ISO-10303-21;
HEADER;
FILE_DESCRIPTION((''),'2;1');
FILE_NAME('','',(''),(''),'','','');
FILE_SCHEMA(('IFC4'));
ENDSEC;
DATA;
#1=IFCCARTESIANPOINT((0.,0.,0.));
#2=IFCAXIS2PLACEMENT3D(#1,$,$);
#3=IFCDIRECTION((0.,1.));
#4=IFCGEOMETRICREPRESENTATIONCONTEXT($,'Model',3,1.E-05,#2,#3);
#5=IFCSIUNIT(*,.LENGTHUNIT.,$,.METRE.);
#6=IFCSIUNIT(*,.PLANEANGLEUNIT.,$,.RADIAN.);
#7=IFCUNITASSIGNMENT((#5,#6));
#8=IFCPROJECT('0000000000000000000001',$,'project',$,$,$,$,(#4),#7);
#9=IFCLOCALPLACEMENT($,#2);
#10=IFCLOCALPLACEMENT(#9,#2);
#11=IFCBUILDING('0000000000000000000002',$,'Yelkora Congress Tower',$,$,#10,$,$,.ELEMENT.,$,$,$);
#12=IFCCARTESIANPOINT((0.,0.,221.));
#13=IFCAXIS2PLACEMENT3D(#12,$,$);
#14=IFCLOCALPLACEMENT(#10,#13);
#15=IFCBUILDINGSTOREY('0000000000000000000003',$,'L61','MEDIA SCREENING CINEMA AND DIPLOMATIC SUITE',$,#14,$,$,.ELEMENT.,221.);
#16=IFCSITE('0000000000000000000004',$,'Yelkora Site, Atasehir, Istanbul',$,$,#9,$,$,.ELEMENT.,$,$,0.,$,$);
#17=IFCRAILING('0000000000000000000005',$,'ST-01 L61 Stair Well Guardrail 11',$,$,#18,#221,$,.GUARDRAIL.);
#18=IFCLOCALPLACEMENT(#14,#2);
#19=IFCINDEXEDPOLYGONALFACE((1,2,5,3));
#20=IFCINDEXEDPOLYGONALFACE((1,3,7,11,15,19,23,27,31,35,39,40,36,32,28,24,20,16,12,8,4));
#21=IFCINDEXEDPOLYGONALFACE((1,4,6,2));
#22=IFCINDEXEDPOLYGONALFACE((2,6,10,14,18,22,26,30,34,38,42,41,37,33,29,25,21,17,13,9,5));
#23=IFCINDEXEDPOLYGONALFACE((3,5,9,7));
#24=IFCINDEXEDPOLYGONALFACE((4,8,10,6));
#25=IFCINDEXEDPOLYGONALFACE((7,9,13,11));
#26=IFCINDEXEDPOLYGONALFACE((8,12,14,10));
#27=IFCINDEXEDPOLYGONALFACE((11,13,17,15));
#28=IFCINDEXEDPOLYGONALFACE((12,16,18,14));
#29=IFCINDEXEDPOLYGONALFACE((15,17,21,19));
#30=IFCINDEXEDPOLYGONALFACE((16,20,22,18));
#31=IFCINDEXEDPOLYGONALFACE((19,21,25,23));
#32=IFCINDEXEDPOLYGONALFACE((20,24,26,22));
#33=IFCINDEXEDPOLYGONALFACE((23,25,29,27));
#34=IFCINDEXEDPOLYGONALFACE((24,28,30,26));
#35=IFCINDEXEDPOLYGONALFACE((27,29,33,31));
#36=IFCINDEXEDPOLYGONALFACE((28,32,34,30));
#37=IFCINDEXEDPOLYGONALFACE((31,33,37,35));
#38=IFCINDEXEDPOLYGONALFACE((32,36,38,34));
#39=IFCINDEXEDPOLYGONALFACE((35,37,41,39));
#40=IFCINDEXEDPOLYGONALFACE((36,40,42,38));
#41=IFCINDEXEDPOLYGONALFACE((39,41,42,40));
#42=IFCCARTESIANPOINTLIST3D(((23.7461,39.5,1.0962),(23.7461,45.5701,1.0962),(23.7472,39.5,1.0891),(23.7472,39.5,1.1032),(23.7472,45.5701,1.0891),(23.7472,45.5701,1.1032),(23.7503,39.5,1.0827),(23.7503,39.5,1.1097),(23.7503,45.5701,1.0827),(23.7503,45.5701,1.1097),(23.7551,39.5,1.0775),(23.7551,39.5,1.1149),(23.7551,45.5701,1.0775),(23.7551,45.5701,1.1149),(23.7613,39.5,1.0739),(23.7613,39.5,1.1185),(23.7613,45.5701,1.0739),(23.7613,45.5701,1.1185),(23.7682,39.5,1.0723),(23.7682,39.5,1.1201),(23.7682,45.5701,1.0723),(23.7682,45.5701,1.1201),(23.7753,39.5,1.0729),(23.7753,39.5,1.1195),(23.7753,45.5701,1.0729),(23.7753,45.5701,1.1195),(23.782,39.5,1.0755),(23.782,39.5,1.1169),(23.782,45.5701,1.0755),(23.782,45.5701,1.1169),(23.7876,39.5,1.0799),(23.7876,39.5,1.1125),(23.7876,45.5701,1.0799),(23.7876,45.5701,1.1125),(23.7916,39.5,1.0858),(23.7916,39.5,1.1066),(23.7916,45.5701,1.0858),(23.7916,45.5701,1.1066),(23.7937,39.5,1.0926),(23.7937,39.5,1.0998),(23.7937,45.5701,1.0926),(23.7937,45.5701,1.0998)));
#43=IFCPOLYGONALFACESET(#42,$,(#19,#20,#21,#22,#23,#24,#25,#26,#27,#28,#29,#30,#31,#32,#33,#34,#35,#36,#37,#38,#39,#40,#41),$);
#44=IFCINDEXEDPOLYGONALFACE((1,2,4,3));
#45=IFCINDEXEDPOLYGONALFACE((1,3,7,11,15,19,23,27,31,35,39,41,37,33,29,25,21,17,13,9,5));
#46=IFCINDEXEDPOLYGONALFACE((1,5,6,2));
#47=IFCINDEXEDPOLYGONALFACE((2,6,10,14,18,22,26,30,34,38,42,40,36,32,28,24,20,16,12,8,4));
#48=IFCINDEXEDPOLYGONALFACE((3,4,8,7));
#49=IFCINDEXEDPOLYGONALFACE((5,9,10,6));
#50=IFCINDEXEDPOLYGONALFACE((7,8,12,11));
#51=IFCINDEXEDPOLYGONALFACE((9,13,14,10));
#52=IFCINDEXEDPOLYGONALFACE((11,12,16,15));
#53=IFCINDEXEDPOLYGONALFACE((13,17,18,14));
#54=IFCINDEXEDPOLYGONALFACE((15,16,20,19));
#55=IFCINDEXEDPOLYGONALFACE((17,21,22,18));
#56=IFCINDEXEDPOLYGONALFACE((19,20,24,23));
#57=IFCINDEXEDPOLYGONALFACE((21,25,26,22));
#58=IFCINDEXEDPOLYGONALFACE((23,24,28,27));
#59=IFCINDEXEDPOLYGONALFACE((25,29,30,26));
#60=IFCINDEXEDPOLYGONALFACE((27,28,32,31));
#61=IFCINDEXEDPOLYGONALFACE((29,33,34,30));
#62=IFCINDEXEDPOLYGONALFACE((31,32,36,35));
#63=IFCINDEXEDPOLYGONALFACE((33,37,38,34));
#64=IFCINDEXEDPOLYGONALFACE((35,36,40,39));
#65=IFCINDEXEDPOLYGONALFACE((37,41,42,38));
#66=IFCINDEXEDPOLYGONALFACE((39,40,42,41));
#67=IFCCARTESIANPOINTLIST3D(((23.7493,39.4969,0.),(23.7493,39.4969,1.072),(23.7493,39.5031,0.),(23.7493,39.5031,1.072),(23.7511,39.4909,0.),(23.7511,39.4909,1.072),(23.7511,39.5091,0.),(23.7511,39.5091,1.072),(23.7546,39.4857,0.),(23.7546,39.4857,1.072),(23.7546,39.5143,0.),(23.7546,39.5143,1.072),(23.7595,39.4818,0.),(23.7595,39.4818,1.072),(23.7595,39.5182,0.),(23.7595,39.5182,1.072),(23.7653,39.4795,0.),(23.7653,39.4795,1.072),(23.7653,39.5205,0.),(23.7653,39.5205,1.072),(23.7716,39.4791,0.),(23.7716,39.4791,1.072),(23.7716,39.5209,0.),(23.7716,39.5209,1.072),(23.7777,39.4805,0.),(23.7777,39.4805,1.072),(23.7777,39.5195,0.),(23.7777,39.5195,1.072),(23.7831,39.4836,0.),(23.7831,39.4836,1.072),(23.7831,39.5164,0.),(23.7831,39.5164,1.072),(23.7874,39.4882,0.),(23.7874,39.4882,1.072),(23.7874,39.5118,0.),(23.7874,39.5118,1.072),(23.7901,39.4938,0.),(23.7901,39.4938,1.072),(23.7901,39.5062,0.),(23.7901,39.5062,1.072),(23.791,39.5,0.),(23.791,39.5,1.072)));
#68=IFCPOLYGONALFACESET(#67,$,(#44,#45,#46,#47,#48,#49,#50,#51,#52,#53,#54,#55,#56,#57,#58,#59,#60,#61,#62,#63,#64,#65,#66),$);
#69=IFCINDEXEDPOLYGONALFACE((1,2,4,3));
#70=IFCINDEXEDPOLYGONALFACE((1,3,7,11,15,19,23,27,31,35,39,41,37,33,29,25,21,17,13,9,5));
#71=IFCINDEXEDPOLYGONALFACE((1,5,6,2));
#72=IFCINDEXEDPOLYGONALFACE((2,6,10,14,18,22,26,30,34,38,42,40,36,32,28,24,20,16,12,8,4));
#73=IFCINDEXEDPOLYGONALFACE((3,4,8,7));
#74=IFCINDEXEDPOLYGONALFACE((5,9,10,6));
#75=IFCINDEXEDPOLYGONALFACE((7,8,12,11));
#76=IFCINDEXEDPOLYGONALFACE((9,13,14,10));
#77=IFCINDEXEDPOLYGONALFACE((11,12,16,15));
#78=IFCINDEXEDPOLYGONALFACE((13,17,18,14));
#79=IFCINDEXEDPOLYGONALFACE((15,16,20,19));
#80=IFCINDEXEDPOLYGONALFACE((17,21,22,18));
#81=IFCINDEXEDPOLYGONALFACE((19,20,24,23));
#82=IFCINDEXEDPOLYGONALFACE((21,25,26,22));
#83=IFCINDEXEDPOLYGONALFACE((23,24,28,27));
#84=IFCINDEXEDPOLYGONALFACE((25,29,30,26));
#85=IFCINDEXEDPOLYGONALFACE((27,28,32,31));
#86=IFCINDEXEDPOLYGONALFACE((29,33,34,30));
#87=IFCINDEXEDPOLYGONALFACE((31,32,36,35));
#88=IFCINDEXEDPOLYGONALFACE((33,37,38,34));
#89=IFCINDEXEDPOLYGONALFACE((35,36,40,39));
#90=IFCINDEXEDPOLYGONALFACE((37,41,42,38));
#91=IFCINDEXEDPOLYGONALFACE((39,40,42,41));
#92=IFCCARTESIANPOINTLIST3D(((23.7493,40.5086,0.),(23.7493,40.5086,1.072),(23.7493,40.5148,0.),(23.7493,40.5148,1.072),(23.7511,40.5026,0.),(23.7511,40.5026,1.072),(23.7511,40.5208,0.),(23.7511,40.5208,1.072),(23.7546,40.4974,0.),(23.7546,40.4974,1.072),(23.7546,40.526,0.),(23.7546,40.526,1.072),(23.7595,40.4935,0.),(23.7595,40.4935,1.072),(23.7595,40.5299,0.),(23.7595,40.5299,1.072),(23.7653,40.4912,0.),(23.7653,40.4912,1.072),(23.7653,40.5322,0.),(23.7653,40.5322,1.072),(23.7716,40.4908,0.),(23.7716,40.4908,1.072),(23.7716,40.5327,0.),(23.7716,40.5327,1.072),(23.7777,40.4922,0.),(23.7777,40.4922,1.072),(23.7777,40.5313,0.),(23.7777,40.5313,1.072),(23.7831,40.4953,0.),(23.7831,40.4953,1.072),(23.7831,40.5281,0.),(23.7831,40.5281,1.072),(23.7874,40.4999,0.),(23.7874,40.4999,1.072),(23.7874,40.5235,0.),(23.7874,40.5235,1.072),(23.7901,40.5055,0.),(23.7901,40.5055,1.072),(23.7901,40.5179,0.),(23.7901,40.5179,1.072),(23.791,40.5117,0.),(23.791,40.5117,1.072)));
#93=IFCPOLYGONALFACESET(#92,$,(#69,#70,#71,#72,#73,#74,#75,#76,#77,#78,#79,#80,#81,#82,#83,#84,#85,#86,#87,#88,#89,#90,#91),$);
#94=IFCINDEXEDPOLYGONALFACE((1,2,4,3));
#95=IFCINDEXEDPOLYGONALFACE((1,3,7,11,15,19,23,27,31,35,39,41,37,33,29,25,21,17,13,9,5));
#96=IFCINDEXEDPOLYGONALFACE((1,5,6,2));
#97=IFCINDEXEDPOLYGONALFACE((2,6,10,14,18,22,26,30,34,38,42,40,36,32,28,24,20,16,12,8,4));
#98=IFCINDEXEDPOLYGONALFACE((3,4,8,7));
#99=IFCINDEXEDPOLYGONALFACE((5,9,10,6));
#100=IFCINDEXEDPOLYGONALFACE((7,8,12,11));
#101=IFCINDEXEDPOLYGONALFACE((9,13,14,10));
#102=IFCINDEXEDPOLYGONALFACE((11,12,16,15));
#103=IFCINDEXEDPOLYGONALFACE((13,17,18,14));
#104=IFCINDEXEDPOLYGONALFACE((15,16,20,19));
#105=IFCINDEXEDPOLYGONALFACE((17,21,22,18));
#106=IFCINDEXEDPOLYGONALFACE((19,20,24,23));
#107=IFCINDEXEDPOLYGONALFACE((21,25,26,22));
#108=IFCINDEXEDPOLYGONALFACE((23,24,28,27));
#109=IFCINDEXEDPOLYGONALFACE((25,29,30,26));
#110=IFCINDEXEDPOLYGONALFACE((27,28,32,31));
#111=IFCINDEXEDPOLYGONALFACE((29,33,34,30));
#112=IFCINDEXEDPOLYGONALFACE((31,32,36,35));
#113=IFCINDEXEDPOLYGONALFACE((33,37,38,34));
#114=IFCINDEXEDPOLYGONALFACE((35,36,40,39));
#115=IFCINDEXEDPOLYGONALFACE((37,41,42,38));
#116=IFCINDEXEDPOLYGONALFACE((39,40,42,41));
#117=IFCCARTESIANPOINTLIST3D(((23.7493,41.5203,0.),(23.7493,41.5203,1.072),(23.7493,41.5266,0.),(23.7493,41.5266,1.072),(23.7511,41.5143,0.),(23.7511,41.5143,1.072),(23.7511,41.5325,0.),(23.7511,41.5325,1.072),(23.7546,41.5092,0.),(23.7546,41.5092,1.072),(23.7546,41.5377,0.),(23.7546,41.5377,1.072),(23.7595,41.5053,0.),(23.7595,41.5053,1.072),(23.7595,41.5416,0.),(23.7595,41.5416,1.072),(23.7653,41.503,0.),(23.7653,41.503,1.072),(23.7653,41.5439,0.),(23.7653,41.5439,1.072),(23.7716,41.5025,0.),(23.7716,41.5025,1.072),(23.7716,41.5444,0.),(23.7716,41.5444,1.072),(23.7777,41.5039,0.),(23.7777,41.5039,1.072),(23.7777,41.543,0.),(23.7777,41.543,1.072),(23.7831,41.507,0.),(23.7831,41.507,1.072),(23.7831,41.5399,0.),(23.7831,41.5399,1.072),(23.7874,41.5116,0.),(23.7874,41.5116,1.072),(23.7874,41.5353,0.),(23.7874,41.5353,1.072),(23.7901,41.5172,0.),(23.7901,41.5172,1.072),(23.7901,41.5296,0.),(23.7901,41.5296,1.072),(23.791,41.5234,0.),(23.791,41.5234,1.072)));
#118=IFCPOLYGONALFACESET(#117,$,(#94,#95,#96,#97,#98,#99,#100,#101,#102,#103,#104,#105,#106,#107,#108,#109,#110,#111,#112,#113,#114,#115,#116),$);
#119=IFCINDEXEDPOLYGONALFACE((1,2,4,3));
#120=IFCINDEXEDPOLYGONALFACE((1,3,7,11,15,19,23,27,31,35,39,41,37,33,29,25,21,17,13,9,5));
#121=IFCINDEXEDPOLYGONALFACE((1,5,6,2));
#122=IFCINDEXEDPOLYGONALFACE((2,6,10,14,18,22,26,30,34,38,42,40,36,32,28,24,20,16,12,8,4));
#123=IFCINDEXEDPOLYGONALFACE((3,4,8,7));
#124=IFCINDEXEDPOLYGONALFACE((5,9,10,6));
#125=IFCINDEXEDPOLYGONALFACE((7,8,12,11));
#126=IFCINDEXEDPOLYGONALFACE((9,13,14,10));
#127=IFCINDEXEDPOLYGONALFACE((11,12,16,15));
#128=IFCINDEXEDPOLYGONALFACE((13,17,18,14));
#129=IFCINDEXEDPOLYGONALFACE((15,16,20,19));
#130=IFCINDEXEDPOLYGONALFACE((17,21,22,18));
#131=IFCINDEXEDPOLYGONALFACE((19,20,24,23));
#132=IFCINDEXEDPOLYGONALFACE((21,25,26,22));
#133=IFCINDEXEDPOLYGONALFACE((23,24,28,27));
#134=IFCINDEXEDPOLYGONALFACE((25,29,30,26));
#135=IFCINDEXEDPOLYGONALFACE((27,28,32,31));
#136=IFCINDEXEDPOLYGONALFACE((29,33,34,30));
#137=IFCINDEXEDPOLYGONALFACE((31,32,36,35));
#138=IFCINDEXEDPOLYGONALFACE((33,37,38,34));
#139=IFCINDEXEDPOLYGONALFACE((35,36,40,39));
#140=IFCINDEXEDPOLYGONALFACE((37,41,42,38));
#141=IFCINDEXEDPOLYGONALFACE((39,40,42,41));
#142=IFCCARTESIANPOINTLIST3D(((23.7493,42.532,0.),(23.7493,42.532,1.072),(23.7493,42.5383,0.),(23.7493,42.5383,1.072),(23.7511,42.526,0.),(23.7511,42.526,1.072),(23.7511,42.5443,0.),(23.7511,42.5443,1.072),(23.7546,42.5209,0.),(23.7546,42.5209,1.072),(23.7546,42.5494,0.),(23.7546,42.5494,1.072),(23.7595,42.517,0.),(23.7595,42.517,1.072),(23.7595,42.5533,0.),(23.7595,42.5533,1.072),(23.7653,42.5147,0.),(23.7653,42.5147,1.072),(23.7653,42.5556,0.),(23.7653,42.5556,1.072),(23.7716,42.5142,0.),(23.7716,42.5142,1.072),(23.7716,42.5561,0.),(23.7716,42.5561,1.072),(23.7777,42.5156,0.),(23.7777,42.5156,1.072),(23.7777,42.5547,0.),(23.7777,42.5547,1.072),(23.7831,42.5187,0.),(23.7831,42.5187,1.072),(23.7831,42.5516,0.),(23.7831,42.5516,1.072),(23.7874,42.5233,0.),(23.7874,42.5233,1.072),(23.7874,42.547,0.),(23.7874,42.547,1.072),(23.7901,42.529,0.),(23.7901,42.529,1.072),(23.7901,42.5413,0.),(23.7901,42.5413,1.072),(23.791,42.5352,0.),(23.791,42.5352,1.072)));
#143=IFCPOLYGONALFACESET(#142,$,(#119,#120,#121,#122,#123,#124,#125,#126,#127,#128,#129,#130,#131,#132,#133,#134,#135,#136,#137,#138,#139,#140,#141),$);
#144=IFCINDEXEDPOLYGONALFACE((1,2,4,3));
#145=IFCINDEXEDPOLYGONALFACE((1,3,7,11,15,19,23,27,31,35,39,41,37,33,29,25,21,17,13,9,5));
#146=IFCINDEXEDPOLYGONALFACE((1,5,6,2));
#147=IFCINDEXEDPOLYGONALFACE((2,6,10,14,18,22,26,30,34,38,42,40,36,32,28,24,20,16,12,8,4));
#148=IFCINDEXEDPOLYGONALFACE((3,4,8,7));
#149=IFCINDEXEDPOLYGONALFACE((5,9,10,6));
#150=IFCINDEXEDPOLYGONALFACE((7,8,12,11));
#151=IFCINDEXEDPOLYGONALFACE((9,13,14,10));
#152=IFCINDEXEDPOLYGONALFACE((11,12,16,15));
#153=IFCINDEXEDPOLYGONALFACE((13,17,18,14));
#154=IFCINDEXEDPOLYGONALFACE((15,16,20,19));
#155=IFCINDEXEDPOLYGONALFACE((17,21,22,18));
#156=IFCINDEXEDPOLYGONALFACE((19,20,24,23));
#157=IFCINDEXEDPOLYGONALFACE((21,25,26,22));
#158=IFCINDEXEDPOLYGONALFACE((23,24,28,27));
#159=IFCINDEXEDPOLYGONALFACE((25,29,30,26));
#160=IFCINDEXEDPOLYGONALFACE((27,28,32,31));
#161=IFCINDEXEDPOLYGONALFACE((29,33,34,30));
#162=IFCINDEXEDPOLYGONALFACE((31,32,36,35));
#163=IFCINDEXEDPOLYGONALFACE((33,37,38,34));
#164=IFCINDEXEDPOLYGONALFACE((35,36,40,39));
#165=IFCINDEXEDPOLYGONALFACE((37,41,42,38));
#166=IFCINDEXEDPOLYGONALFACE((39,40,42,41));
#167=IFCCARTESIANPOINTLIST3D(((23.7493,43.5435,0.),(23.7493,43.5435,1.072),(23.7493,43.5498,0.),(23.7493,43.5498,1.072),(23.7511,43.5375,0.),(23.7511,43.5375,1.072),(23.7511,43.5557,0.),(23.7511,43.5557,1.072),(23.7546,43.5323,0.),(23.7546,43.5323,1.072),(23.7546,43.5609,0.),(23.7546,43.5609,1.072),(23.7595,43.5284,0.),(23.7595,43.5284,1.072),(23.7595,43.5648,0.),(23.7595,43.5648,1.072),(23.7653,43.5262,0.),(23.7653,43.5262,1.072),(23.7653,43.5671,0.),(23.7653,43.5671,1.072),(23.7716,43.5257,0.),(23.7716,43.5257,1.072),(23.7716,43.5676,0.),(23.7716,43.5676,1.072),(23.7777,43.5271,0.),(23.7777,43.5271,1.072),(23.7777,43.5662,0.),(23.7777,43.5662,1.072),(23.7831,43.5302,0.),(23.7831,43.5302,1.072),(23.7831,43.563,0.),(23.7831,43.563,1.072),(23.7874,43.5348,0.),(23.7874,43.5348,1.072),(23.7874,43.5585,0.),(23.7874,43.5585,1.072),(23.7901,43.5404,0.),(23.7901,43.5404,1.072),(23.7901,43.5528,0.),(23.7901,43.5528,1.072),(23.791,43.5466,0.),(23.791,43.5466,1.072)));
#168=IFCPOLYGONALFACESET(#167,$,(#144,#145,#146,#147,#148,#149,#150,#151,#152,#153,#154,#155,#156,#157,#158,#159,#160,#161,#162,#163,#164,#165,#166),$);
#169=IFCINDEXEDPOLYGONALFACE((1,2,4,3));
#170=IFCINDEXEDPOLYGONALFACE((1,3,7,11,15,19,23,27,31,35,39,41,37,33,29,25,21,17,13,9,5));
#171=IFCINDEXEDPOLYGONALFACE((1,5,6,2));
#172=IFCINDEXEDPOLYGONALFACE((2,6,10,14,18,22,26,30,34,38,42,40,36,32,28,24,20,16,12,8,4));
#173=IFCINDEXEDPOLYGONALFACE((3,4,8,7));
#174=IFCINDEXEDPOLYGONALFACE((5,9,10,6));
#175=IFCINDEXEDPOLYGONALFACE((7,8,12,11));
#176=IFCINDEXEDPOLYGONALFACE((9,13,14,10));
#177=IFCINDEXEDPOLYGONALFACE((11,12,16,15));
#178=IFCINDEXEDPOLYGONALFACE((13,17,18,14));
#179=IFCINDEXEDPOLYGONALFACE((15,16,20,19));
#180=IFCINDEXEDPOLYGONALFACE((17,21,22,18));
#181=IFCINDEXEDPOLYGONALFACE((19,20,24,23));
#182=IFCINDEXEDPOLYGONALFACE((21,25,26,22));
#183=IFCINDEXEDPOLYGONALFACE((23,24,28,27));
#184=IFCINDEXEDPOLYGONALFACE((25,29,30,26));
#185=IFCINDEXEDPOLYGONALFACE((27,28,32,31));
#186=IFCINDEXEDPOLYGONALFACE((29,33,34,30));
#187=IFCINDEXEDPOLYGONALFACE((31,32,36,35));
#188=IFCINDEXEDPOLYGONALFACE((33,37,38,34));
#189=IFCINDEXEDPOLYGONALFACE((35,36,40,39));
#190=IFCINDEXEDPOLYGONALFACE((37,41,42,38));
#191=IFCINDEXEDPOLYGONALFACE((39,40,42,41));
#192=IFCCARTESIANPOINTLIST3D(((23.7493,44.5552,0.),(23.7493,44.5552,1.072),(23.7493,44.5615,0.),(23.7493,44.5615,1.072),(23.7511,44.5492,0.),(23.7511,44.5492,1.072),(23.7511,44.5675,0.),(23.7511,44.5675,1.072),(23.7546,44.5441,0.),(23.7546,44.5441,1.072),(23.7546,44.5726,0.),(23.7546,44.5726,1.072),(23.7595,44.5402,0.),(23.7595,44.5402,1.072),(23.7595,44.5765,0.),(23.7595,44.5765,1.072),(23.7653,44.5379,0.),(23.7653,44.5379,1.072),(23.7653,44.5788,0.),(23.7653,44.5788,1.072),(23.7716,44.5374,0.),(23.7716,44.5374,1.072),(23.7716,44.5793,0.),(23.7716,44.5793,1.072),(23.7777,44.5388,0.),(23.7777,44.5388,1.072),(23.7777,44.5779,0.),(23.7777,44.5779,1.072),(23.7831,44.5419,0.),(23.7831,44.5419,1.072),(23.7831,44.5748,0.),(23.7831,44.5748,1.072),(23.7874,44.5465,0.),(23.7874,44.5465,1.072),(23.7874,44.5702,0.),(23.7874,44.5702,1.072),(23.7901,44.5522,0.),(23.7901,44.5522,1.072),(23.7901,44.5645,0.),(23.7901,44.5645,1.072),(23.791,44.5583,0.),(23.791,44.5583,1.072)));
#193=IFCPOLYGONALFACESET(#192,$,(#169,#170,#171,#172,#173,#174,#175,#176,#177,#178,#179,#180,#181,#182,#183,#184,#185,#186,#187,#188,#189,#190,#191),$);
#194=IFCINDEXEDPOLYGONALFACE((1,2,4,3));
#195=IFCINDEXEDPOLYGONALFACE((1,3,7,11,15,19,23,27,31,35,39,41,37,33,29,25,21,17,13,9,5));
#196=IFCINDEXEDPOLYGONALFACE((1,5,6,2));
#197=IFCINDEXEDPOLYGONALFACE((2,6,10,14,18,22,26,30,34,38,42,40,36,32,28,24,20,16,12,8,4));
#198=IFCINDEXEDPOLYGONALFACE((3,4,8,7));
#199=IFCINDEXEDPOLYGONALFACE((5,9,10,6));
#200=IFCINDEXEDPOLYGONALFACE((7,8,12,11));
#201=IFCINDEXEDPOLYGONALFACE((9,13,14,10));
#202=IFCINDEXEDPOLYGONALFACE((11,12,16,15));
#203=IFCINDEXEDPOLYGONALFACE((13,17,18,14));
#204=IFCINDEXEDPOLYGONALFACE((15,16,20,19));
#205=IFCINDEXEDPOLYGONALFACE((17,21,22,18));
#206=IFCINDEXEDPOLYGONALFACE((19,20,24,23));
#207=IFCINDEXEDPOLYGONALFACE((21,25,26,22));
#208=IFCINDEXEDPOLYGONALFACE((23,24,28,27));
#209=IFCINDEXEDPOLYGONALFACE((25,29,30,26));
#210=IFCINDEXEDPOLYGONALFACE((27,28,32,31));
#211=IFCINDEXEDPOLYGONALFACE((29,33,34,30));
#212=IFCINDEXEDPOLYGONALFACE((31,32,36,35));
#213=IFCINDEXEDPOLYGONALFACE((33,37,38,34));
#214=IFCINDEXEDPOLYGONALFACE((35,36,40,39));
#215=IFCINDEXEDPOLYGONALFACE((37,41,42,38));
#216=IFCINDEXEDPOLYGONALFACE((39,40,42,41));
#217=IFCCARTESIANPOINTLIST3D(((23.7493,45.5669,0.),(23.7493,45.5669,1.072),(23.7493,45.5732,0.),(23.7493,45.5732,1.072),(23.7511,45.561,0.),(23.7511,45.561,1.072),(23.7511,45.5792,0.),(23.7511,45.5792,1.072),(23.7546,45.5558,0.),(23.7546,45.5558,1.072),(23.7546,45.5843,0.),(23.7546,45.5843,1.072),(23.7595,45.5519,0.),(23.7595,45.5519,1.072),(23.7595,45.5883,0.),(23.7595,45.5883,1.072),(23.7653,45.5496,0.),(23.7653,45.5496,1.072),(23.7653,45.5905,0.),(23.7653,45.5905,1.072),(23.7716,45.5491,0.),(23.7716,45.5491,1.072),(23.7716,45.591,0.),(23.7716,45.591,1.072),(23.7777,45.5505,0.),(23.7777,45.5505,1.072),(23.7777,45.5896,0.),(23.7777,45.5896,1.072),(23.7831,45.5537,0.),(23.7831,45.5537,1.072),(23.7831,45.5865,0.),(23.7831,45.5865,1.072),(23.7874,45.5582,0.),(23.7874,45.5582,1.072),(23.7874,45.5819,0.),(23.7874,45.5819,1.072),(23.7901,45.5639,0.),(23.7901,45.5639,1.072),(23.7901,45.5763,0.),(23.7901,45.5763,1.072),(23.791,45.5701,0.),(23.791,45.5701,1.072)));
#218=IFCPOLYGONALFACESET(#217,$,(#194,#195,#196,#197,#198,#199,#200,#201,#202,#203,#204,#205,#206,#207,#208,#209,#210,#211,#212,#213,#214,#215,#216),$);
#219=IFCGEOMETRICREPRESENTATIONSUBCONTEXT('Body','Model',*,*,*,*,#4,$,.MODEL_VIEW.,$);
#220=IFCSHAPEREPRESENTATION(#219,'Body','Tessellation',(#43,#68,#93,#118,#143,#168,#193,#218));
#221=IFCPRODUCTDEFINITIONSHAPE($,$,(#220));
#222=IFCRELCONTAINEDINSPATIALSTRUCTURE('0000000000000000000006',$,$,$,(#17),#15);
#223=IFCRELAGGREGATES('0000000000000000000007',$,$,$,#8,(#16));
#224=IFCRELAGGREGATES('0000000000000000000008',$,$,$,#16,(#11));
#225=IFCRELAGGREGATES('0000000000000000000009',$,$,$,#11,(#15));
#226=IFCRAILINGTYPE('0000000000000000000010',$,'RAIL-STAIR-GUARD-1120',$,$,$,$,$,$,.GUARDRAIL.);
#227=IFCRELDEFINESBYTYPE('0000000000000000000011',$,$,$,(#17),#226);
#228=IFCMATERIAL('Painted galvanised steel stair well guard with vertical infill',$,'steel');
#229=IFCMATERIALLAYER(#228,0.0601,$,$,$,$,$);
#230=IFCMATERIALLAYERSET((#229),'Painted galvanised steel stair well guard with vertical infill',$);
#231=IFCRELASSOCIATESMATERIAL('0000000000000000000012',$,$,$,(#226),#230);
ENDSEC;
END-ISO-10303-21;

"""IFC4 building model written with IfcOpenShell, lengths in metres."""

from ifc_helpers import new_model, si_unit, direction, frame, origin, origin_2d, place, context, subcontext, project, spatial, circle, extrude, material, layer, layer_set, type_object, element, save


model = new_model("IFC4")

# Units and contexts
model_context = context("Model", 3, precision=1e-05, world=origin(), true_north=direction((0.0, 1.0)))
body_context = subcontext(model_context, "Body", "Model", "MODEL_VIEW")
ifc_project = project(units=[si_unit("LENGTHUNIT", "METRE"), si_unit("PLANEANGLEUNIT", "RADIAN")], contexts=[model_context])

# Site, building, storey
site_placement = place(None, origin())
site = spatial("IfcSite", under=ifc_project, at=site_placement, Name="Yelkora Site, Atasehir, Istanbul", CompositionType="ELEMENT", RefElevation=0.0)
building_placement = place(site_placement, origin())
building = spatial("IfcBuilding", under=site, at=building_placement, Name="Yelkora Congress Tower", CompositionType="ELEMENT")
storey_placement = place(building_placement, frame((0.0, 0.0, 221.0)))
storey = spatial("IfcBuildingStorey", under=building, at=storey_placement, Name="L61", Description="MEDIA SCREENING CINEMA AND DIPLOMATIC SUITE", CompositionType="ELEMENT", Elevation=221.0)

# Railing
ifc_material_1 = material(Name="Painted galvanised steel stair well guard with vertical infill", Category="steel")
ifc_layer_1 = layer(ifc_material_1, 0.0601)
ifc_layer_set_1 = layer_set([ifc_layer_1], Name="Painted galvanised steel stair well guard with vertical infill")
railing_type_1 = type_object("IfcRailingType", Name="RAIL-STAIR-GUARD-1120", PredefinedType="GUARDRAIL", material=ifc_layer_set_1)
railing_1_placement = place(storey_placement, frame((23.77, 39.5, 0.0)))
element("IfcRailing", 1, at=railing_1_placement, inside=storey, type_object=railing_type_1, Name="ST-01 L61 Stair Well Guardrail 11", PredefinedType="GUARDRAIL", context=body_context, shape_type="SweptSolid", body=[
    extrude(circle(Radius=0.0239, at=origin_2d()), frame((0.0, 0.0, 1.0962), z_axis=(0.0, 1.0, 0.0), x_axis=(-1.0, 0.0, 0.0)), (0.0, 0.0, 1.0), 6.0701),
    extrude(circle(Radius=0.021, at=origin_2d()), origin(), (0.0, 0.0, 1.0), 1.072),
    extrude(circle(Radius=0.021, at=origin_2d()), frame((0.0, 1.0117, 0.0)), (0.0, 0.0, 1.0), 1.072),
    extrude(circle(Radius=0.021, at=origin_2d()), frame((0.0, 2.0234, 0.0)), (0.0, 0.0, 1.0), 1.072),
    extrude(circle(Radius=0.021, at=origin_2d()), frame((0.0, 3.0352, 0.0)), (0.0, 0.0, 1.0), 1.072),
    extrude(circle(Radius=0.021, at=origin_2d()), frame((0.0, 4.0466, 0.0)), (0.0, 0.0, 1.0), 1.072),
    extrude(circle(Radius=0.021, at=origin_2d()), frame((0.0, 5.0583, 0.0)), (0.0, 0.0, 1.0), 1.072),
    extrude(circle(Radius=0.021, at=origin_2d()), frame((0.0, 6.0701, 0.0)), (0.0, 0.0, 1.0), 1.072),
])

save(model, "model.ifc")
